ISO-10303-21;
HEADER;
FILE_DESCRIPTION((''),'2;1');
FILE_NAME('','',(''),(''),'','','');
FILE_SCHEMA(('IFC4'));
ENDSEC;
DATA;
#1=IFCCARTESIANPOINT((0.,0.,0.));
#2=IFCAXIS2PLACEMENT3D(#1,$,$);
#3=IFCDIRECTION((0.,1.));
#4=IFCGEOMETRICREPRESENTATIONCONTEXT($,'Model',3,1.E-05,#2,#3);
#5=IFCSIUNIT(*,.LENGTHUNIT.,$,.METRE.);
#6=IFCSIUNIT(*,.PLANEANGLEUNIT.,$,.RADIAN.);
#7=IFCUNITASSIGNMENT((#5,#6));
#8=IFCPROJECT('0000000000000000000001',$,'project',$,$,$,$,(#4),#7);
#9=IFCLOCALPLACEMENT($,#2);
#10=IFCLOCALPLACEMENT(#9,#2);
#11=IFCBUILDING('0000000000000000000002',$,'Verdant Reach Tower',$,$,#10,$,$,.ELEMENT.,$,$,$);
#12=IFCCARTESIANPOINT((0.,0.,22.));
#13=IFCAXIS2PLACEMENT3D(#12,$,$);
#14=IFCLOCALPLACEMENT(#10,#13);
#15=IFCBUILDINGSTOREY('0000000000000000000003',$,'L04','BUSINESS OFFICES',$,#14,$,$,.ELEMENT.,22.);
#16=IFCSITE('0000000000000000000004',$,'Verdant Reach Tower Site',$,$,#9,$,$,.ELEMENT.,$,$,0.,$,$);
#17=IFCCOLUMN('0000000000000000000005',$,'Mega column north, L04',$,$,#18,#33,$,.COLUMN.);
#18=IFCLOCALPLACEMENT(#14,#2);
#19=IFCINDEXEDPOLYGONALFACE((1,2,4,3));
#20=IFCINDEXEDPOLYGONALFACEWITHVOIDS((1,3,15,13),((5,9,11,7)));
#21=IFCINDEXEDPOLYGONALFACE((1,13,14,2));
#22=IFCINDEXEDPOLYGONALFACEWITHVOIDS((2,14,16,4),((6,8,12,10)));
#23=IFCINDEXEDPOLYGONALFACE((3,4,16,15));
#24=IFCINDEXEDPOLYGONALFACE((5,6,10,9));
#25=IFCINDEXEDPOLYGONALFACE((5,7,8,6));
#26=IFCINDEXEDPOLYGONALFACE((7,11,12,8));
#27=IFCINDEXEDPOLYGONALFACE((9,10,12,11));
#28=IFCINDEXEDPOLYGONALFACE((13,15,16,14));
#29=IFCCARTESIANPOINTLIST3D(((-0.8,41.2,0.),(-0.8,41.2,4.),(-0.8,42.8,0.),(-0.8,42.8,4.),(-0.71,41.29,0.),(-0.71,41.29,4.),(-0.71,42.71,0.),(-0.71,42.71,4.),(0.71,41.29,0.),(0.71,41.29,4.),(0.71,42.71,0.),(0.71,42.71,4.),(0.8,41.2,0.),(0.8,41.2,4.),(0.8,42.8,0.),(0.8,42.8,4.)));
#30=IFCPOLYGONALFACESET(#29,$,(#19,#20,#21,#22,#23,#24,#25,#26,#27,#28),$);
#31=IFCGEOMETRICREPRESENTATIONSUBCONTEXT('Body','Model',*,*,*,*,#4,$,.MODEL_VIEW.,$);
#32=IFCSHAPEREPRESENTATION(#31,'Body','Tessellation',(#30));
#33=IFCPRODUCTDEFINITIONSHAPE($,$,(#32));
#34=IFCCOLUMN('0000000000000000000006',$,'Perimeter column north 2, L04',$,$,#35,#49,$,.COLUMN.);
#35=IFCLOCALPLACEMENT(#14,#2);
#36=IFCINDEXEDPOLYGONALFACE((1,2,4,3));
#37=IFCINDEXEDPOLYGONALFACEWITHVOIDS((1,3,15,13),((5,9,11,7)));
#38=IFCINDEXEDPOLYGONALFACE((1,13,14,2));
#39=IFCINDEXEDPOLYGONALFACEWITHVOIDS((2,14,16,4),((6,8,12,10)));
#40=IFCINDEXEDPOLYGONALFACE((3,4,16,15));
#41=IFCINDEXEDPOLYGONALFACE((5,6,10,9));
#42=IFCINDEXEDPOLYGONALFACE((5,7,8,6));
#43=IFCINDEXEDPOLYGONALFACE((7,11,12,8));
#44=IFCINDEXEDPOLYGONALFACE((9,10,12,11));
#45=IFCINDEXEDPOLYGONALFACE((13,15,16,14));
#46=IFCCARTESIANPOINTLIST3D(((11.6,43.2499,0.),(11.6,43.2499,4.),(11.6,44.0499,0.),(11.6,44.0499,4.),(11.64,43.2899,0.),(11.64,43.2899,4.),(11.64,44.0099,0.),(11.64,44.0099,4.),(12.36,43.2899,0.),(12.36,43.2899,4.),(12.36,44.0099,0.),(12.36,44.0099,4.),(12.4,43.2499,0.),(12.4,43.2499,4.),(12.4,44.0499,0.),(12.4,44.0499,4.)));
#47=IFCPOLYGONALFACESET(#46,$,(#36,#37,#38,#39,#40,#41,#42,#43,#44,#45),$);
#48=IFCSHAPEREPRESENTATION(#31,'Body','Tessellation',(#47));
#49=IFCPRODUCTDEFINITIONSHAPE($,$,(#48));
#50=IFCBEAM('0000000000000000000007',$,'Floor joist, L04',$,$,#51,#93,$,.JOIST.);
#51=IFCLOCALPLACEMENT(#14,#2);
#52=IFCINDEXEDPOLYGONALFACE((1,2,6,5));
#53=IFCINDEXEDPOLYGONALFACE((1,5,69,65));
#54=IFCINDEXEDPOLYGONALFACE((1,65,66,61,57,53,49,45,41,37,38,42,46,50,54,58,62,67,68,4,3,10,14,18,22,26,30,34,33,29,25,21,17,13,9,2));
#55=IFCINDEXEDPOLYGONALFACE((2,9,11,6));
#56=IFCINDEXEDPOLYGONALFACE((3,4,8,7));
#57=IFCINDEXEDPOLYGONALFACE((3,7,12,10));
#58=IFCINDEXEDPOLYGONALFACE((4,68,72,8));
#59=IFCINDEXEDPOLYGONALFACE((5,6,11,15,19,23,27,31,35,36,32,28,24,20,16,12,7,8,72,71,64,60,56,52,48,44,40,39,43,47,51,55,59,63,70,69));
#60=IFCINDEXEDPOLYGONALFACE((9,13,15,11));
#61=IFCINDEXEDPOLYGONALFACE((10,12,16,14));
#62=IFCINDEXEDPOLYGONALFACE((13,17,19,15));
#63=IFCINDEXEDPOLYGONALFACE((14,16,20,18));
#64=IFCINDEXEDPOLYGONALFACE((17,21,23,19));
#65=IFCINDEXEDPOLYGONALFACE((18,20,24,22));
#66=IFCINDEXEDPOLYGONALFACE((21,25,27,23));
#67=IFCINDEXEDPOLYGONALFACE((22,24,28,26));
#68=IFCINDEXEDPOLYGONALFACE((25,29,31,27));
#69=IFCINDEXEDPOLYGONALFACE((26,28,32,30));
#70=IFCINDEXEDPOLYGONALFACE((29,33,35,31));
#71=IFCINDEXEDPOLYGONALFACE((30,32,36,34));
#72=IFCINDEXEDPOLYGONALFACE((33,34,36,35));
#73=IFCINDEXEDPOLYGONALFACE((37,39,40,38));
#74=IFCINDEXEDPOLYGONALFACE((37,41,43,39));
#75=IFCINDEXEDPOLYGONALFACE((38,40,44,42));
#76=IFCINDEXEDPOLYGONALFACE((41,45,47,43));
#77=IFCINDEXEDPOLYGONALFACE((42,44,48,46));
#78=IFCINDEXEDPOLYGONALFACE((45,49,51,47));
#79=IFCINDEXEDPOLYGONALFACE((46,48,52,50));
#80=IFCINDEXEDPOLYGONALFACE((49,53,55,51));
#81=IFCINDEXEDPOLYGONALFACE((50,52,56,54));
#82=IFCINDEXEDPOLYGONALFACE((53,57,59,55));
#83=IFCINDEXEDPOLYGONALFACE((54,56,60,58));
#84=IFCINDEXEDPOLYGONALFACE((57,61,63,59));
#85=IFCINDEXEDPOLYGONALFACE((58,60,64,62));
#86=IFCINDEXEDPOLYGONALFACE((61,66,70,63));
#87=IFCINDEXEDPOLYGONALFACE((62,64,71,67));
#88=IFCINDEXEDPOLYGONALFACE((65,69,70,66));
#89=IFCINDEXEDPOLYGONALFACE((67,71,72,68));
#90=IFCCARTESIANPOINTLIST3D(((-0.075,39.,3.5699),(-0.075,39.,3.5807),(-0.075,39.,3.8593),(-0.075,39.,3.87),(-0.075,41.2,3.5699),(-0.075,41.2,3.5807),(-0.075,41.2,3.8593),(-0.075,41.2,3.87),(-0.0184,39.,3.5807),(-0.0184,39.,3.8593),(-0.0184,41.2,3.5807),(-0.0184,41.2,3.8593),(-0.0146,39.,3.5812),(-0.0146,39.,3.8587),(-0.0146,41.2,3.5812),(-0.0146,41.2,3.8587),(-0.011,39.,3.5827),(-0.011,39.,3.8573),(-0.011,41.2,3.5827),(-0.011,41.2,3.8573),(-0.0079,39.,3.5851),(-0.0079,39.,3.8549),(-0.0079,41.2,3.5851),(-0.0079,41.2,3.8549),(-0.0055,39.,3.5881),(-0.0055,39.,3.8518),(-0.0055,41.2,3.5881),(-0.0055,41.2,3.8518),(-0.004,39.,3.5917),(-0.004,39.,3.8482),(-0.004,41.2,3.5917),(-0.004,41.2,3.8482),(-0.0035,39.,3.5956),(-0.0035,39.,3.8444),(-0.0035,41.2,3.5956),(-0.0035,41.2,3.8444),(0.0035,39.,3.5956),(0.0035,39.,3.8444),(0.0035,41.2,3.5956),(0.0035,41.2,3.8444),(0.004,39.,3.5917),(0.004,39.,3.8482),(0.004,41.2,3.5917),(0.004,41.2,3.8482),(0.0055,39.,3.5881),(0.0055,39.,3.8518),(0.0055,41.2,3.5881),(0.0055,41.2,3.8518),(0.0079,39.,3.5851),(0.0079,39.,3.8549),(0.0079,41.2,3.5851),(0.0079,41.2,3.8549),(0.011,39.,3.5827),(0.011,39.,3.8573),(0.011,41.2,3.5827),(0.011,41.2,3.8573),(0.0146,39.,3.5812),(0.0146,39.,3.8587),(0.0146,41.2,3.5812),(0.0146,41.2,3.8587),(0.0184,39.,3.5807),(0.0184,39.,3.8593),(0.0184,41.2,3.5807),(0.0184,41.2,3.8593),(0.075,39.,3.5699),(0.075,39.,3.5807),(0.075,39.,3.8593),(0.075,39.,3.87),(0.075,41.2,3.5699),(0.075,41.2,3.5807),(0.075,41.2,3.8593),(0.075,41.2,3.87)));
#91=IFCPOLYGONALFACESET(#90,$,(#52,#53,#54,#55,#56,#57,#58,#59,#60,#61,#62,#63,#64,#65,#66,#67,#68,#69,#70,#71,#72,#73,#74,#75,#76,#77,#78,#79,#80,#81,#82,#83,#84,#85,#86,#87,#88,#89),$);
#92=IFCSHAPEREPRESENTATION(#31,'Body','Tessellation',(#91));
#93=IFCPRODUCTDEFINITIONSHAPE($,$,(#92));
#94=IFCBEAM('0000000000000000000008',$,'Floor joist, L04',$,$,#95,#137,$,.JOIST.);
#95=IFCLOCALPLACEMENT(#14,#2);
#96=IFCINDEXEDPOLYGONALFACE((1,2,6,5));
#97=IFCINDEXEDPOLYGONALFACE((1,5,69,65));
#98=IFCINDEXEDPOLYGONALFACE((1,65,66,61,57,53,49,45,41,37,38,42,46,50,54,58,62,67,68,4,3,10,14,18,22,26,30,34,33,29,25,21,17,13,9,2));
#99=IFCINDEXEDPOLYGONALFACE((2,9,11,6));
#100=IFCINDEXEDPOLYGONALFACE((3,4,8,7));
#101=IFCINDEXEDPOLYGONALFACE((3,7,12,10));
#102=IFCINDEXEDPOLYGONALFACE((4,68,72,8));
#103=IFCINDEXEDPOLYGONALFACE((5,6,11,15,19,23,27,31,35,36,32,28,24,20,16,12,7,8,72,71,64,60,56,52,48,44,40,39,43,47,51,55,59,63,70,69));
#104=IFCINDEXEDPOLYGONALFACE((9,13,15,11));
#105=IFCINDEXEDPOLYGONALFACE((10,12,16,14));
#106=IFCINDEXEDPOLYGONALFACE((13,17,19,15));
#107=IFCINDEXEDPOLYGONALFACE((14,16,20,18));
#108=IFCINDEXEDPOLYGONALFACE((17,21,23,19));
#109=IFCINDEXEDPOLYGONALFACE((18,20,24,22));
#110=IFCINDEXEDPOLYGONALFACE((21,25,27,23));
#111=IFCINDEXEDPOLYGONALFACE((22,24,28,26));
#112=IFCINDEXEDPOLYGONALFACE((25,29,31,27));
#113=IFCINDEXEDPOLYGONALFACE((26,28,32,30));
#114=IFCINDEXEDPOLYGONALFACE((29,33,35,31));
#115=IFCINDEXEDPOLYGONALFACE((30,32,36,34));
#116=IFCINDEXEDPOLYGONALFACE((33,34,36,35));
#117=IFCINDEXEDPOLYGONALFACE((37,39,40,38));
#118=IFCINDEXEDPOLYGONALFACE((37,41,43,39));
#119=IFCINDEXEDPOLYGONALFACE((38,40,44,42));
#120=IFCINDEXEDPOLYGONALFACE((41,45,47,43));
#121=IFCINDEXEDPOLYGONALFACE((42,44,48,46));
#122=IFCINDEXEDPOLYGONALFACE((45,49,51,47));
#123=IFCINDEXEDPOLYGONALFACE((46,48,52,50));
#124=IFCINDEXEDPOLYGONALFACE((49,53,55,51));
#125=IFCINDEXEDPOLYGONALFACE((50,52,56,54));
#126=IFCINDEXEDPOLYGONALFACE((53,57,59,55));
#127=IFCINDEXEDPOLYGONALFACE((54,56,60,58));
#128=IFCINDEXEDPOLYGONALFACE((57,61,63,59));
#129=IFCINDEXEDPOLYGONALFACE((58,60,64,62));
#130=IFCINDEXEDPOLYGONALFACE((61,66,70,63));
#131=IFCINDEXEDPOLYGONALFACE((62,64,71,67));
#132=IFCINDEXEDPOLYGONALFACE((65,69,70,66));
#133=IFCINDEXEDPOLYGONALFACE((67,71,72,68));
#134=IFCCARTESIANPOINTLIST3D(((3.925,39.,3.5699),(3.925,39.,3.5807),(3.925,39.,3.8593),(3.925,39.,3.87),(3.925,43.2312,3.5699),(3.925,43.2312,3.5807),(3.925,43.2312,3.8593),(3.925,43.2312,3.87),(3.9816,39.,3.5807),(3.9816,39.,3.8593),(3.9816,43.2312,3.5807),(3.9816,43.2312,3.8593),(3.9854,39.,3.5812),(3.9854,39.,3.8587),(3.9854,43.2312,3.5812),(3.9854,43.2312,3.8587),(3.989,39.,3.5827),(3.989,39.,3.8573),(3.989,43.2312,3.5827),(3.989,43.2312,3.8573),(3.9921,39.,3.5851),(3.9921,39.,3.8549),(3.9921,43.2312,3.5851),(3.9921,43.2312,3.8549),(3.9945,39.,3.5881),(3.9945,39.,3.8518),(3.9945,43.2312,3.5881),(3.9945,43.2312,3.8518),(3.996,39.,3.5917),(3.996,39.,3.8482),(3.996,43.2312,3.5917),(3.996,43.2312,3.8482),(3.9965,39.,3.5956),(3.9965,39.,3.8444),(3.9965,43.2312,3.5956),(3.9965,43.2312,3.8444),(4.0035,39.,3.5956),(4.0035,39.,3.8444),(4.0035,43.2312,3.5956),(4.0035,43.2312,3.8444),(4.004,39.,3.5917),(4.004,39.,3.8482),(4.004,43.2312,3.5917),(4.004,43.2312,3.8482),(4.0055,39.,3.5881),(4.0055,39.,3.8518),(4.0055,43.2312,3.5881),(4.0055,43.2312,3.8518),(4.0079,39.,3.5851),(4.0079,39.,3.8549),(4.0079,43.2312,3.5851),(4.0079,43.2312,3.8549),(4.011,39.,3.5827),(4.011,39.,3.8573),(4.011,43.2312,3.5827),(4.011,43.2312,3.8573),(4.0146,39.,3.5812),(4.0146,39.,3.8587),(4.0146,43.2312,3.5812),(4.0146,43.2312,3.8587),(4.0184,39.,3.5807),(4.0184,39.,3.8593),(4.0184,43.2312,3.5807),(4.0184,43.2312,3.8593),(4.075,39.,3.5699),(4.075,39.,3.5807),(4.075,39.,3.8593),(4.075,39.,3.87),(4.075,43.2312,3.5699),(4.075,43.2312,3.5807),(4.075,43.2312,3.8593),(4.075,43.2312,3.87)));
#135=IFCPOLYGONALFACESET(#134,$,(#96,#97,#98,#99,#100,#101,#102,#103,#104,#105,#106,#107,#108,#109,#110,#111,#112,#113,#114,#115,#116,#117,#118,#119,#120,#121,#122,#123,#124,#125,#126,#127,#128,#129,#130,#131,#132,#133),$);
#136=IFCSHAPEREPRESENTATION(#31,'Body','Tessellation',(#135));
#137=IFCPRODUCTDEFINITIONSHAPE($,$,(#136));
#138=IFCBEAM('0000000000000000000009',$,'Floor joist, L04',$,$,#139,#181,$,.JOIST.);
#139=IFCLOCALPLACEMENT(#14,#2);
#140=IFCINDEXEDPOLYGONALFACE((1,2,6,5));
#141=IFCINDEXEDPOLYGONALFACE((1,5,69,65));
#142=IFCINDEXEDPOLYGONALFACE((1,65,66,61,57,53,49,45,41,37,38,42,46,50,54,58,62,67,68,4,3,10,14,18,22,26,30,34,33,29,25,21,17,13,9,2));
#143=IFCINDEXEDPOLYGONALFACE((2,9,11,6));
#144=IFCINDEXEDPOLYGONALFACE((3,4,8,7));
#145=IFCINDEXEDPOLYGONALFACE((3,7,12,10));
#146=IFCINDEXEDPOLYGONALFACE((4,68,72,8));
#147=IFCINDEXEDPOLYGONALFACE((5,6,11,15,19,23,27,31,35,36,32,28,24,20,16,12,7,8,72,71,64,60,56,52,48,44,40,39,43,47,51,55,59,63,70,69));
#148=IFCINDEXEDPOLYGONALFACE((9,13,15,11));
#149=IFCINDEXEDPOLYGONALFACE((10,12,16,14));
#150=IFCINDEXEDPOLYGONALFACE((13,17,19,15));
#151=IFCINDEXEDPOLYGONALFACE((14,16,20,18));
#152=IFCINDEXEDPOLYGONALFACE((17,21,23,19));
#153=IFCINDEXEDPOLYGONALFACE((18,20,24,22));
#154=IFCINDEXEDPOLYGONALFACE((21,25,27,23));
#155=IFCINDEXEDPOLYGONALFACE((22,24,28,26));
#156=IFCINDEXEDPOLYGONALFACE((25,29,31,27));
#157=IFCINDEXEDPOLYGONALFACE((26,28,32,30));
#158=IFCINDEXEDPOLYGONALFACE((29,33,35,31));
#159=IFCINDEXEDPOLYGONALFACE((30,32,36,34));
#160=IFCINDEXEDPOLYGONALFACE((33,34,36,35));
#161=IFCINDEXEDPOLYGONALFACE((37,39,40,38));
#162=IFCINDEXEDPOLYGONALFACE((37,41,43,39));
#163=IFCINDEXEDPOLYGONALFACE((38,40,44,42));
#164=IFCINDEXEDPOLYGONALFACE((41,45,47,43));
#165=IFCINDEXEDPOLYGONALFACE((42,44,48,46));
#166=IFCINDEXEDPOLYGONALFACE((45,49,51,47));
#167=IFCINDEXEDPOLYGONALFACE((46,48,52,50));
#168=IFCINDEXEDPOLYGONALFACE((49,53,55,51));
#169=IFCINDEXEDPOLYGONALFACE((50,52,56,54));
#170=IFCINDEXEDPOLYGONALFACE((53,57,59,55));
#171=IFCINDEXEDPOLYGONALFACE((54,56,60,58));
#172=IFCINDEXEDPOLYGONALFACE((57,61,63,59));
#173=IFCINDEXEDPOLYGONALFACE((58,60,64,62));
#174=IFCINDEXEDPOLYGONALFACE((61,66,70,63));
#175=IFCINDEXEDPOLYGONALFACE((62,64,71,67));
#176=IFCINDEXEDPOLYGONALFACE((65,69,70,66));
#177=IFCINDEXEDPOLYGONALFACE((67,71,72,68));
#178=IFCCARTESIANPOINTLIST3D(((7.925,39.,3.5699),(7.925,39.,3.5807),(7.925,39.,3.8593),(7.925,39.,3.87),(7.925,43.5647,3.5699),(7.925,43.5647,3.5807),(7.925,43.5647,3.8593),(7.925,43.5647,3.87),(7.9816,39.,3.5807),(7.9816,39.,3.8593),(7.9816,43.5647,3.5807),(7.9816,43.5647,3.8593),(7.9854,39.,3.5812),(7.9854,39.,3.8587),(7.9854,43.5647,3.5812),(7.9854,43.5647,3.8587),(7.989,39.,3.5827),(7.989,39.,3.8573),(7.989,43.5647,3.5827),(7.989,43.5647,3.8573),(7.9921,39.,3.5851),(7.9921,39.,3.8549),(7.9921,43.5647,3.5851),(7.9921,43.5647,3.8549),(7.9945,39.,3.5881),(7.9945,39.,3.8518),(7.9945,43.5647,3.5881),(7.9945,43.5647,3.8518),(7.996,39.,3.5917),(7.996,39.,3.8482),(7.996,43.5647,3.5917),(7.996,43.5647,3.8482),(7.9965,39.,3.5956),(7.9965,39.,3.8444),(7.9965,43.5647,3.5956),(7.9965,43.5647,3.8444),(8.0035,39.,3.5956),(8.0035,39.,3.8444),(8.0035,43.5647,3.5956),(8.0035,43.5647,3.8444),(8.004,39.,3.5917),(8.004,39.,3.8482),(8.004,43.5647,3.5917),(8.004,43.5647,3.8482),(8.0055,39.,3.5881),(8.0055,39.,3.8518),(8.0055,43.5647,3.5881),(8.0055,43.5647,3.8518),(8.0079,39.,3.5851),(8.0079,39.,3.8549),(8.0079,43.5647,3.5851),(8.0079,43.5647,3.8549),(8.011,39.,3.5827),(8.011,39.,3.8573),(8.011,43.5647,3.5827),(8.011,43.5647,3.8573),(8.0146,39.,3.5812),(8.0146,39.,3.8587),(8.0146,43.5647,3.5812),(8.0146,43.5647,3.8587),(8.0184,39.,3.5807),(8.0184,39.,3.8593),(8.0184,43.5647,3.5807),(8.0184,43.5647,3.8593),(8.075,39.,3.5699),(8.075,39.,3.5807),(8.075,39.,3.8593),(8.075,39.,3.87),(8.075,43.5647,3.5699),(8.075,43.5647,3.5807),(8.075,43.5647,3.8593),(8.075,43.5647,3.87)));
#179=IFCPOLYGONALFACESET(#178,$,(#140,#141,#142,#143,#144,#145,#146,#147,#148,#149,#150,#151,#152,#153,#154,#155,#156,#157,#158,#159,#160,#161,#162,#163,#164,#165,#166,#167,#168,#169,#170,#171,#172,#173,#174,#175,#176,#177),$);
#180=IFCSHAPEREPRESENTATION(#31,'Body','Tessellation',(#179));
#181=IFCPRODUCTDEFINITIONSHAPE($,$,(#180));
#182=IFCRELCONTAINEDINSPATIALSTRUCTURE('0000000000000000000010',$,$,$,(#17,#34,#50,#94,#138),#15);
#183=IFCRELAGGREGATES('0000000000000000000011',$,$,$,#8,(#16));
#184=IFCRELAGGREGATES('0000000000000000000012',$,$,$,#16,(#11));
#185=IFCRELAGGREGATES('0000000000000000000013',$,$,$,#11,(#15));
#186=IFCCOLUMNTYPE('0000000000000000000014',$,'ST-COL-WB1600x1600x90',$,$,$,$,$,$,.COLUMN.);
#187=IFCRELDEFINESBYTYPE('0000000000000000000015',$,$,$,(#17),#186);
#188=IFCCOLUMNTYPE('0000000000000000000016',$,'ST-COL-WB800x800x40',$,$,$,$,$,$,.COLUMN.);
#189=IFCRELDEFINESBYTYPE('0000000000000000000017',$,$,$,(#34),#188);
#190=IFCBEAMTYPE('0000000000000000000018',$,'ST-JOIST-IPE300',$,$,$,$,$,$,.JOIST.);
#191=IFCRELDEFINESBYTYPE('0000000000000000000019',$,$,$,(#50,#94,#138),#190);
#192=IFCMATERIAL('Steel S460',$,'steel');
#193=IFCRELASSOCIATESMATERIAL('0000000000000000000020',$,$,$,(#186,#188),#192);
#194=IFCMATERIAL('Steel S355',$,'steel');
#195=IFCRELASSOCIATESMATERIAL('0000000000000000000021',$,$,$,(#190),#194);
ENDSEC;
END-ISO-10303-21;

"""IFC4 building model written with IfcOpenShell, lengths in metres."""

from ifc_helpers import new_model, si_unit, direction, frame, origin, origin_2d, place, context, subcontext, project, spatial, hollow_rectangle, i_section, extrude, material, material_profile, profile_set, type_object, element, save


model = new_model("IFC4")

# Units and contexts
model_context = context("Model", 3, precision=1e-05, world=origin(), true_north=direction((0.0, 1.0)))
body_context = subcontext(model_context, "Body", "Model", "MODEL_VIEW")
ifc_project = project(units=[si_unit("LENGTHUNIT", "METRE"), si_unit("PLANEANGLEUNIT", "RADIAN")], contexts=[model_context])

# Site, building, storey
site_placement = place(None, origin())
site = spatial("IfcSite", under=ifc_project, at=site_placement, Name="Verdant Reach Tower Site", CompositionType="ELEMENT", RefElevation=0.0)
building_placement = place(site_placement, origin())
building = spatial("IfcBuilding", under=site, at=building_placement, Name="Verdant Reach Tower", CompositionType="ELEMENT")
storey_placement = place(building_placement, frame((0.0, 0.0, 22.0)))
storey = spatial("IfcBuildingStorey", under=building, at=storey_placement, Name="L04", Description="BUSINESS OFFICES", CompositionType="ELEMENT", Elevation=22.0)

# Columns
ifc_material_1 = material(Name="Steel S460", Category="steel")
ifc_material_profile_1 = material_profile(ifc_material_1, hollow_rectangle(XDim=1.6001, YDim=1.6001, WallThickness=0.0901, at=origin_2d()), Name="WB 1600x1600x90")
ifc_profile_set_1 = profile_set([ifc_material_profile_1], Name="Steel S460")
column_type_1 = type_object("IfcColumnType", Name="ST-COL-WB1600x1600x90", PredefinedType="COLUMN", material=ifc_profile_set_1)
column_1_placement = place(storey_placement, frame((0.0, 42.0, 0.0), z_axis=(0.0, 0.0, 1.0), x_axis=(1.0, 0.0, 0.0)))
element("IfcColumn", 1, at=column_1_placement, inside=storey, type_object=column_type_1, Name="Mega column north, L04", PredefinedType="COLUMN", context=body_context, shape_type="SweptSolid", body=[
    extrude(hollow_rectangle(XDim=1.6001, YDim=1.6001, WallThickness=0.0901, at=origin_2d()), origin(), (0.0, 0.0, 1.0), 4.0),
])
ifc_material_profile_2 = material_profile(ifc_material_1, hollow_rectangle(XDim=0.8, YDim=0.8, WallThickness=0.04, at=origin_2d()), Name="WB 800x800x40")
ifc_profile_set_2 = profile_set([ifc_material_profile_2], Name="Steel S460")
column_type_2 = type_object("IfcColumnType", Name="ST-COL-WB800x800x40", PredefinedType="COLUMN", material=ifc_profile_set_2)
column_2_placement = place(storey_placement, frame((12.0, 43.6499, 0.0), z_axis=(0.0, 0.0, 1.0), x_axis=(1.0, 0.0, 0.0)))
element("IfcColumn", 2, at=column_2_placement, inside=storey, type_object=column_type_2, Name="Perimeter column north 2, L04", PredefinedType="COLUMN", context=body_context, shape_type="SweptSolid", body=[
    extrude(hollow_rectangle(XDim=0.8, YDim=0.8, WallThickness=0.04, at=origin_2d()), origin(), (0.0, 0.0, 1.0), 4.0),
])

# Beams
ifc_material_2 = material(Name="Steel S355", Category="steel")
ifc_material_profile_3 = material_profile(ifc_material_2, i_section(OverallWidth=0.1499, OverallDepth=0.3, WebThickness=0.0071, FlangeThickness=0.0107, FilletRadius=0.0149, at=origin_2d()), Name="IPE 300")
ifc_profile_set_3 = profile_set([ifc_material_profile_3], Name="Steel S355")
beam_type_1 = type_object("IfcBeamType", Name="ST-JOIST-IPE300", PredefinedType="JOIST", material=ifc_profile_set_3)
beam_1_placement = place(storey_placement, frame((0.0, 39.0, 3.72), z_axis=(0.0, 1.0, 0.0), x_axis=(-1.0, 0.0, 0.0)))
element("IfcBeam", 3, at=beam_1_placement, inside=storey, type_object=beam_type_1, Name="Floor joist, L04", PredefinedType="JOIST", context=body_context, shape_type="SweptSolid", body=[
    extrude(i_section(OverallWidth=0.1499, OverallDepth=0.3, WebThickness=0.0071, FlangeThickness=0.0107, FilletRadius=0.0149, at=origin_2d()), origin(), (0.0, 0.0, 1.0), 2.2),
])
beam_2_placement = place(storey_placement, frame((4.0, 39.0, 3.72), z_axis=(0.0, 1.0, 0.0), x_axis=(-1.0, 0.0, 0.0)))
element("IfcBeam", 4, at=beam_2_placement, inside=storey, type_object=beam_type_1, Name="Floor joist, L04", PredefinedType="JOIST", context=body_context, shape_type="SweptSolid", body=[
    extrude(i_section(OverallWidth=0.1499, OverallDepth=0.3, WebThickness=0.0071, FlangeThickness=0.0107, FilletRadius=0.0149, at=origin_2d()), origin(), (0.0, 0.0, 1.0), 4.2312),
])
beam_3_placement = place(storey_placement, frame((8.0, 39.0, 3.72), z_axis=(0.0, 1.0, 0.0), x_axis=(-1.0, 0.0, 0.0)))
element("IfcBeam", 5, at=beam_3_placement, inside=storey, type_object=beam_type_1, Name="Floor joist, L04", PredefinedType="JOIST", context=body_context, shape_type="SweptSolid", body=[
    extrude(i_section(OverallWidth=0.1499, OverallDepth=0.3, WebThickness=0.0071, FlangeThickness=0.0107, FilletRadius=0.0149, at=origin_2d()), origin(), (0.0, 0.0, 1.0), 4.5647),
])

save(model, "model.ifc")
